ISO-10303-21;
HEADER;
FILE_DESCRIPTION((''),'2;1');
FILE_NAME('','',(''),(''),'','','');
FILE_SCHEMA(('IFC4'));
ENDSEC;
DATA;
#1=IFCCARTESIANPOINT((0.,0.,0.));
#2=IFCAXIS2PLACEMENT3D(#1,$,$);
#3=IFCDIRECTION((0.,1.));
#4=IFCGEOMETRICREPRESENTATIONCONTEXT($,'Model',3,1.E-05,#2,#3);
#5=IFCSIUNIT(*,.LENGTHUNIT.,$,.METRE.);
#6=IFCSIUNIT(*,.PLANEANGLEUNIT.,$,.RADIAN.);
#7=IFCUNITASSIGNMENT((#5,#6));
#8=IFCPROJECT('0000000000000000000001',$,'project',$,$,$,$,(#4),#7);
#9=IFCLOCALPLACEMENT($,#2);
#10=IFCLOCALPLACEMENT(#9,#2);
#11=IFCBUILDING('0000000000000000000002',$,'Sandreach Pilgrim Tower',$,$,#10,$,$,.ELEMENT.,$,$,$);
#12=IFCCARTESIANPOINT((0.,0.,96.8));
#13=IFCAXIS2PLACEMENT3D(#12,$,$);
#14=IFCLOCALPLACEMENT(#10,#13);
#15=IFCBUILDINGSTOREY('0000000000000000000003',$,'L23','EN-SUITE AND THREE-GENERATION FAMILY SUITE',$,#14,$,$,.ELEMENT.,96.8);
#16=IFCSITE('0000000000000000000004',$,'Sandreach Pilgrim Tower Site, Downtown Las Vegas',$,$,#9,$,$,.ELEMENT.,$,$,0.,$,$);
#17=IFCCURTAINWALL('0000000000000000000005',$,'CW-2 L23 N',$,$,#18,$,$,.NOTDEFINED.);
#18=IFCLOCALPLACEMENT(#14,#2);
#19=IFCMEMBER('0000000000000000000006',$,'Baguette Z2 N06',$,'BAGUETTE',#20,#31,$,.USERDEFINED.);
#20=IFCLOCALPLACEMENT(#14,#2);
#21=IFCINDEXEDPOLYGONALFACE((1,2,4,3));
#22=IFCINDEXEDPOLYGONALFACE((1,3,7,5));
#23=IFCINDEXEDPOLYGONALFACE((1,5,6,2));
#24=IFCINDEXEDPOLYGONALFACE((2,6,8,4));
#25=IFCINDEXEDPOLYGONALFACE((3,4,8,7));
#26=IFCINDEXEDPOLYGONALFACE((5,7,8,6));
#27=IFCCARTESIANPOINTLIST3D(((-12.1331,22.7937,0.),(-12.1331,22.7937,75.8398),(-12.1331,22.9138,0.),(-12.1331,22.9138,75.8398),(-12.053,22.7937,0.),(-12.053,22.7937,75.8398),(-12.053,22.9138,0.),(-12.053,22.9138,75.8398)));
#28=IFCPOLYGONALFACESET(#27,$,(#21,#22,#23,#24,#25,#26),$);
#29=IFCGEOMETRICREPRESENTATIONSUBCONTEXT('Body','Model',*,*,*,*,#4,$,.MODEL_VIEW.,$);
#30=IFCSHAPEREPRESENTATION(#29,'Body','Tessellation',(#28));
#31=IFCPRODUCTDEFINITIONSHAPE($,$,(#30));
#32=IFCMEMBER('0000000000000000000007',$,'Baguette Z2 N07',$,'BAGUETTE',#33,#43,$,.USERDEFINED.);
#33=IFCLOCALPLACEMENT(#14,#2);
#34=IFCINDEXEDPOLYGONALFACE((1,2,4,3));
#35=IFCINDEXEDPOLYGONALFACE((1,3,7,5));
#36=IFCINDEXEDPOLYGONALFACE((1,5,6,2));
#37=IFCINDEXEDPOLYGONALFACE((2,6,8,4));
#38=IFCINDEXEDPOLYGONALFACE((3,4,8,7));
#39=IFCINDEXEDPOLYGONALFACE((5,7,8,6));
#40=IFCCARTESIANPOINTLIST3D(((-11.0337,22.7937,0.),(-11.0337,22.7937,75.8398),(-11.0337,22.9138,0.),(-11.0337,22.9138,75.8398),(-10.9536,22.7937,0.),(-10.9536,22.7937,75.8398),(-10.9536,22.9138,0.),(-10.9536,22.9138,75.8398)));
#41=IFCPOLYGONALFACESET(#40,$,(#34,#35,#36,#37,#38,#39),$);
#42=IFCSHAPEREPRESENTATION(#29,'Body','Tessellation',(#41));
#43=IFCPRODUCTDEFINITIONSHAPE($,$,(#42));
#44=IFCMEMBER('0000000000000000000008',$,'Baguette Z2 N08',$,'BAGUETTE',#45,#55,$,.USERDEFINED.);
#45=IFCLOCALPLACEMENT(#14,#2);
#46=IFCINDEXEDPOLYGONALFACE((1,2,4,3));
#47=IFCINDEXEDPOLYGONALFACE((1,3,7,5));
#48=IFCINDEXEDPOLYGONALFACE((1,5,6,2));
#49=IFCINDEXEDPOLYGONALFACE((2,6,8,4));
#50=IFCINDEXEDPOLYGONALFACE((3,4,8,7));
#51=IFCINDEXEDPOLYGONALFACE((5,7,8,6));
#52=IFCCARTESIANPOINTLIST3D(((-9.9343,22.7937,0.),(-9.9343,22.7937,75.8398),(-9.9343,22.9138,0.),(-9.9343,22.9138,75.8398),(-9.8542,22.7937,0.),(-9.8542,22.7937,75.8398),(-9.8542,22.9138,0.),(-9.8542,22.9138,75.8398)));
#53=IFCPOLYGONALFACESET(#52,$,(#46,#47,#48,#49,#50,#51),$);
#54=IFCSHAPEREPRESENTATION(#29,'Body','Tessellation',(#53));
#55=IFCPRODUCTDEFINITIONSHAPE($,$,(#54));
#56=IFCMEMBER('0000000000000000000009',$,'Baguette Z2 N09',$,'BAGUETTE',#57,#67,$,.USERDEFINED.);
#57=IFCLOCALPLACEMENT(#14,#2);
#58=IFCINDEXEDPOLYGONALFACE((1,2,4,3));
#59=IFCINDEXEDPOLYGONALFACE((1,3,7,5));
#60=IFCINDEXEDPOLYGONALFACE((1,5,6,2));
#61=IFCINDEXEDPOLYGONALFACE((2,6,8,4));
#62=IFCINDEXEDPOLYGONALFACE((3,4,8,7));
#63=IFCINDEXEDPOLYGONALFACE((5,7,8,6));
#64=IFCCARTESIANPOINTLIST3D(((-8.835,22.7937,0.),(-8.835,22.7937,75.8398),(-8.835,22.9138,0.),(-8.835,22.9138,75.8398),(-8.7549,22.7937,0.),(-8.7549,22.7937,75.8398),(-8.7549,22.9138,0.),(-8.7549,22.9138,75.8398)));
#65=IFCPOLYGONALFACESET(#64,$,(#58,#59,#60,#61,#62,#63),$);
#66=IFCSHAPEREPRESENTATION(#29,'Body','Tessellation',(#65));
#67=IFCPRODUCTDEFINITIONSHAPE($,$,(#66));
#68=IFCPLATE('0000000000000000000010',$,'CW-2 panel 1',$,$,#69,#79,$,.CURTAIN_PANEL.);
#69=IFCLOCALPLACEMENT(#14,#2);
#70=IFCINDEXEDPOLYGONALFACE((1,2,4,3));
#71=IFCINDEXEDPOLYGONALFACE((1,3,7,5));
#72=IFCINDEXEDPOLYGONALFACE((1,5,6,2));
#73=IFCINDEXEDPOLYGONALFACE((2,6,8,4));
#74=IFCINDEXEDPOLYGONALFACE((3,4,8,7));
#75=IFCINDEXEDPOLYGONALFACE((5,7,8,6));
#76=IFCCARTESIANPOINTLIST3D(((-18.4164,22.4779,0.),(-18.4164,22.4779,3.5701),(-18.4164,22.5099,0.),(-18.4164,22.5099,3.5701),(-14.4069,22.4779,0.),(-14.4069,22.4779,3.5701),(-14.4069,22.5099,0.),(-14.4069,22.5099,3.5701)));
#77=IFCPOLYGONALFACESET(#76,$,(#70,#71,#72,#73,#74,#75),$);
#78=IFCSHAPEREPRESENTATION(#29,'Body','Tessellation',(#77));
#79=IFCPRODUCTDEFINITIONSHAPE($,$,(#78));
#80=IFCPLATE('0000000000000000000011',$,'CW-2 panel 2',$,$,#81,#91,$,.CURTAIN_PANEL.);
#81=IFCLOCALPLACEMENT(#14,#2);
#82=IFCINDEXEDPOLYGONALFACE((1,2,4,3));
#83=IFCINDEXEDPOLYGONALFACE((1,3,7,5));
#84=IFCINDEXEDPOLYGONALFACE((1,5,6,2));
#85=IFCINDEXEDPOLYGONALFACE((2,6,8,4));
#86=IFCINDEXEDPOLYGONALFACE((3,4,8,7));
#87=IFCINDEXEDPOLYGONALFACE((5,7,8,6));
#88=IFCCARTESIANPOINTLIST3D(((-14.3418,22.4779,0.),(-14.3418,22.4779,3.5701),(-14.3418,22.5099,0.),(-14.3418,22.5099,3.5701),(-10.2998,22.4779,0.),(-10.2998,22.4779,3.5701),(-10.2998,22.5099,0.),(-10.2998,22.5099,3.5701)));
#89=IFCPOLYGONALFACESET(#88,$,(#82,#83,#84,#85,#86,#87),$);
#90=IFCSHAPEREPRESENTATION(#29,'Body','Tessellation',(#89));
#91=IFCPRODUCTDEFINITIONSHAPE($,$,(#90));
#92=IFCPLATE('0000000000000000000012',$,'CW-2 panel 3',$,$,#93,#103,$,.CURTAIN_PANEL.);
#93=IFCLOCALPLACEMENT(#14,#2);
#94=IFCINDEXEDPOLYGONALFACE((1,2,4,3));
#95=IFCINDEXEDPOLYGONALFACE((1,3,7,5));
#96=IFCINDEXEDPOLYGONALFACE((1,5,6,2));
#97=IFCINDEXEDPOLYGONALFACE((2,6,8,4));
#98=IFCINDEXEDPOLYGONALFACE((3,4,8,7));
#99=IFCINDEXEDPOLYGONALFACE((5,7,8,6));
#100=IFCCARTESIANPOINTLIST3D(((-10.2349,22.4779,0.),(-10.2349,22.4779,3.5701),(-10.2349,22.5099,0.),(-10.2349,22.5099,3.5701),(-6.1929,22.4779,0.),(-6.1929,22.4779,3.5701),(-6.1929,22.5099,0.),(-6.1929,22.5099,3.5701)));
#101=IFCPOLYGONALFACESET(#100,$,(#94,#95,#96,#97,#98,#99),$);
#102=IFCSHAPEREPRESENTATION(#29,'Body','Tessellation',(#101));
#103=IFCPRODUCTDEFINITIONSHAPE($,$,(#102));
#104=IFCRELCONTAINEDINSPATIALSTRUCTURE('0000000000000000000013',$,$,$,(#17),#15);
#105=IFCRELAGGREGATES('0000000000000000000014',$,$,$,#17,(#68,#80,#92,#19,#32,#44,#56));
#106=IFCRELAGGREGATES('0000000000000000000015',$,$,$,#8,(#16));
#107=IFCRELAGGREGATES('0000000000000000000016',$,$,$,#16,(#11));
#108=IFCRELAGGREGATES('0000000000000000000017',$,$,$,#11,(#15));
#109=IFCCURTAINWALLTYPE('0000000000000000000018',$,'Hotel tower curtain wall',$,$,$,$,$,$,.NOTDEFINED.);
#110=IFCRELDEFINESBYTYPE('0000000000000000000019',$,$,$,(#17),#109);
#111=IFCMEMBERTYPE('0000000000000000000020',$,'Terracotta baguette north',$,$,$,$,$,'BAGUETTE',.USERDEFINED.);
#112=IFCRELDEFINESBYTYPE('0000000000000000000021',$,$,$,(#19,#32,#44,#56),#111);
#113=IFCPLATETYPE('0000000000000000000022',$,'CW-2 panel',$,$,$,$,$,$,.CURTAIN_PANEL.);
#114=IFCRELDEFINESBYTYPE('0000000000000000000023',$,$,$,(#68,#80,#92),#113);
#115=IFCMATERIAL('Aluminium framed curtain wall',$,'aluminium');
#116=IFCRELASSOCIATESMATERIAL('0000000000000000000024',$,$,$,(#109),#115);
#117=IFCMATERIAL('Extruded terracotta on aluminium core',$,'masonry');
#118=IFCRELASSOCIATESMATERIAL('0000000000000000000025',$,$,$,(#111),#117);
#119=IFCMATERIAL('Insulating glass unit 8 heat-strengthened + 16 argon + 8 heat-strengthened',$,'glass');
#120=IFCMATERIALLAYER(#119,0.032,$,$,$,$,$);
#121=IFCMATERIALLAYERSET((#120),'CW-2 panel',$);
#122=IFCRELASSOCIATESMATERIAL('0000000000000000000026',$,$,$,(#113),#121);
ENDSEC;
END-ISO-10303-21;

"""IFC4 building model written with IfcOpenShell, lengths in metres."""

from ifc_helpers import new_model, si_unit, direction, frame, origin, origin_2d, place, context, subcontext, project, spatial, rectangle, extrude, material, layer, layer_set, material_profile, profile_set, type_object, element, aggregate, save


model = new_model("IFC4")

# Units and contexts
model_context = context("Model", 3, precision=1e-05, world=origin(), true_north=direction((0.0, 1.0)))
body_context = subcontext(model_context, "Body", "Model", "MODEL_VIEW")
ifc_project = project(units=[si_unit("LENGTHUNIT", "METRE"), si_unit("PLANEANGLEUNIT", "RADIAN")], contexts=[model_context])

# Site, building, storey
site_placement = place(None, origin())
site = spatial("IfcSite", under=ifc_project, at=site_placement, Name="Sandreach Pilgrim Tower Site, Downtown Las Vegas", CompositionType="ELEMENT", RefElevation=0.0)
building_placement = place(site_placement, origin())
building = spatial("IfcBuilding", under=site, at=building_placement, Name="Sandreach Pilgrim Tower", CompositionType="ELEMENT")
storey_placement = place(building_placement, frame((0.0, 0.0, 96.8)))
storey = spatial("IfcBuildingStorey", under=building, at=storey_placement, Name="L23", Description="EN-SUITE AND THREE-GENERATION FAMILY SUITE", CompositionType="ELEMENT", Elevation=96.8)

# Curtain wall
ifc_material_1 = material(Name="Aluminium framed curtain wall", Category="aluminium")
curtain_wall_type = type_object("IfcCurtainWallType", Name="Hotel tower curtain wall", PredefinedType="NOTDEFINED", material=ifc_material_1)
curtain_wall_placement = place(storey_placement, origin())
curtain_wall = element("IfcCurtainWall", 1, at=curtain_wall_placement, inside=storey, type_object=curtain_wall_type, Name="CW-2 L23 N", PredefinedType="NOTDEFINED")

# Members
ifc_material_2 = material(Name="Extruded terracotta on aluminium core", Category="masonry")
ifc_material_profile_1 = material_profile(ifc_material_2, rectangle(XDim=0.0801, YDim=0.1201, at=origin_2d()), Name="TBN 80X120")
ifc_profile_set_1 = profile_set([ifc_material_profile_1], Name="Extruded terracotta on aluminium core")
member_type_1 = type_object("IfcMemberType", Name="Terracotta baguette north", ElementType="BAGUETTE", PredefinedType="USERDEFINED", material=ifc_profile_set_1)
member_1_placement = place(storey_placement, frame((-12.093, 22.8538, 0.0), z_axis=(0.0, 0.0, 1.0), x_axis=(1.0, 0.0, 0.0)))
member_1 = element("IfcMember", 2, at=member_1_placement, type_object=member_type_1, Name="Baguette Z2 N06", ObjectType="BAGUETTE", PredefinedType="USERDEFINED", context=body_context, shape_type="SweptSolid", body=[
    extrude(rectangle(XDim=0.0801, YDim=0.1201, at=origin_2d()), origin(), (0.0, 0.0, 1.0), 75.8398),
])
member_2_placement = place(storey_placement, frame((-10.9937, 22.8538, 0.0), z_axis=(0.0, 0.0, 1.0), x_axis=(1.0, 0.0, 0.0)))
member_2 = element("IfcMember", 3, at=member_2_placement, type_object=member_type_1, Name="Baguette Z2 N07", ObjectType="BAGUETTE", PredefinedType="USERDEFINED", context=body_context, shape_type="SweptSolid", body=[
    extrude(rectangle(XDim=0.0801, YDim=0.1201, at=origin_2d()), origin(), (0.0, 0.0, 1.0), 75.8398),
])
member_3_placement = place(storey_placement, frame((-9.8943, 22.8538, 0.0), z_axis=(0.0, 0.0, 1.0), x_axis=(1.0, 0.0, 0.0)))
member_3 = element("IfcMember", 4, at=member_3_placement, type_object=member_type_1, Name="Baguette Z2 N08", ObjectType="BAGUETTE", PredefinedType="USERDEFINED", context=body_context, shape_type="SweptSolid", body=[
    extrude(rectangle(XDim=0.0801, YDim=0.1201, at=origin_2d()), origin(), (0.0, 0.0, 1.0), 75.8398),
])
member_4_placement = place(storey_placement, frame((-8.7949, 22.8538, 0.0), z_axis=(0.0, 0.0, 1.0), x_axis=(1.0, 0.0, 0.0)))
member_4 = element("IfcMember", 5, at=member_4_placement, type_object=member_type_1, Name="Baguette Z2 N09", ObjectType="BAGUETTE", PredefinedType="USERDEFINED", context=body_context, shape_type="SweptSolid", body=[
    extrude(rectangle(XDim=0.0801, YDim=0.1201, at=origin_2d()), origin(), (0.0, 0.0, 1.0), 75.8398),
])

# Plates
ifc_material_3 = material(Name="Insulating glass unit 8 heat-strengthened + 16 argon + 8 heat-strengthened", Category="glass")
ifc_layer = layer(ifc_material_3, 0.032)
ifc_layer_set = layer_set([ifc_layer], Name="CW-2 panel")
plate_type = type_object("IfcPlateType", Name="CW-2 panel", PredefinedType="CURTAIN_PANEL", material=ifc_layer_set)
plate_1_placement = place(storey_placement, frame((-16.4116, 22.4939, 0.0), z_axis=(0.0, 0.0, 1.0), x_axis=(1.0, 0.0, 0.0)))
plate_1 = element("IfcPlate", 6, at=plate_1_placement, type_object=plate_type, Name="CW-2 panel 1", PredefinedType="CURTAIN_PANEL", context=body_context, shape_type="SweptSolid", body=[
    extrude(rectangle(XDim=4.0095, YDim=0.032, at=origin_2d()), origin(), (0.0, 0.0, 1.0), 3.5701),
])
plate_2_placement = place(storey_placement, frame((-12.3208, 22.4939, 0.0), z_axis=(0.0, 0.0, 1.0), x_axis=(1.0, 0.0, 0.0)))
plate_2 = element("IfcPlate", 7, at=plate_2_placement, type_object=plate_type, Name="CW-2 panel 2", PredefinedType="CURTAIN_PANEL", context=body_context, shape_type="SweptSolid", body=[
    extrude(rectangle(XDim=4.042, YDim=0.032, at=origin_2d()), origin(), (0.0, 0.0, 1.0), 3.5701),
])
plate_3_placement = place(storey_placement, frame((-8.2139, 22.4939, 0.0), z_axis=(0.0, 0.0, 1.0), x_axis=(1.0, 0.0, 0.0)))
plate_3 = element("IfcPlate", 8, at=plate_3_placement, type_object=plate_type, Name="CW-2 panel 3", PredefinedType="CURTAIN_PANEL", context=body_context, shape_type="SweptSolid", body=[
    extrude(rectangle(XDim=4.042, YDim=0.032, at=origin_2d()), origin(), (0.0, 0.0, 1.0), 3.5701),
])
aggregate(curtain_wall, [plate_1, plate_2, plate_3, member_1, member_2, member_3, member_4])

save(model, "model.ifc")
